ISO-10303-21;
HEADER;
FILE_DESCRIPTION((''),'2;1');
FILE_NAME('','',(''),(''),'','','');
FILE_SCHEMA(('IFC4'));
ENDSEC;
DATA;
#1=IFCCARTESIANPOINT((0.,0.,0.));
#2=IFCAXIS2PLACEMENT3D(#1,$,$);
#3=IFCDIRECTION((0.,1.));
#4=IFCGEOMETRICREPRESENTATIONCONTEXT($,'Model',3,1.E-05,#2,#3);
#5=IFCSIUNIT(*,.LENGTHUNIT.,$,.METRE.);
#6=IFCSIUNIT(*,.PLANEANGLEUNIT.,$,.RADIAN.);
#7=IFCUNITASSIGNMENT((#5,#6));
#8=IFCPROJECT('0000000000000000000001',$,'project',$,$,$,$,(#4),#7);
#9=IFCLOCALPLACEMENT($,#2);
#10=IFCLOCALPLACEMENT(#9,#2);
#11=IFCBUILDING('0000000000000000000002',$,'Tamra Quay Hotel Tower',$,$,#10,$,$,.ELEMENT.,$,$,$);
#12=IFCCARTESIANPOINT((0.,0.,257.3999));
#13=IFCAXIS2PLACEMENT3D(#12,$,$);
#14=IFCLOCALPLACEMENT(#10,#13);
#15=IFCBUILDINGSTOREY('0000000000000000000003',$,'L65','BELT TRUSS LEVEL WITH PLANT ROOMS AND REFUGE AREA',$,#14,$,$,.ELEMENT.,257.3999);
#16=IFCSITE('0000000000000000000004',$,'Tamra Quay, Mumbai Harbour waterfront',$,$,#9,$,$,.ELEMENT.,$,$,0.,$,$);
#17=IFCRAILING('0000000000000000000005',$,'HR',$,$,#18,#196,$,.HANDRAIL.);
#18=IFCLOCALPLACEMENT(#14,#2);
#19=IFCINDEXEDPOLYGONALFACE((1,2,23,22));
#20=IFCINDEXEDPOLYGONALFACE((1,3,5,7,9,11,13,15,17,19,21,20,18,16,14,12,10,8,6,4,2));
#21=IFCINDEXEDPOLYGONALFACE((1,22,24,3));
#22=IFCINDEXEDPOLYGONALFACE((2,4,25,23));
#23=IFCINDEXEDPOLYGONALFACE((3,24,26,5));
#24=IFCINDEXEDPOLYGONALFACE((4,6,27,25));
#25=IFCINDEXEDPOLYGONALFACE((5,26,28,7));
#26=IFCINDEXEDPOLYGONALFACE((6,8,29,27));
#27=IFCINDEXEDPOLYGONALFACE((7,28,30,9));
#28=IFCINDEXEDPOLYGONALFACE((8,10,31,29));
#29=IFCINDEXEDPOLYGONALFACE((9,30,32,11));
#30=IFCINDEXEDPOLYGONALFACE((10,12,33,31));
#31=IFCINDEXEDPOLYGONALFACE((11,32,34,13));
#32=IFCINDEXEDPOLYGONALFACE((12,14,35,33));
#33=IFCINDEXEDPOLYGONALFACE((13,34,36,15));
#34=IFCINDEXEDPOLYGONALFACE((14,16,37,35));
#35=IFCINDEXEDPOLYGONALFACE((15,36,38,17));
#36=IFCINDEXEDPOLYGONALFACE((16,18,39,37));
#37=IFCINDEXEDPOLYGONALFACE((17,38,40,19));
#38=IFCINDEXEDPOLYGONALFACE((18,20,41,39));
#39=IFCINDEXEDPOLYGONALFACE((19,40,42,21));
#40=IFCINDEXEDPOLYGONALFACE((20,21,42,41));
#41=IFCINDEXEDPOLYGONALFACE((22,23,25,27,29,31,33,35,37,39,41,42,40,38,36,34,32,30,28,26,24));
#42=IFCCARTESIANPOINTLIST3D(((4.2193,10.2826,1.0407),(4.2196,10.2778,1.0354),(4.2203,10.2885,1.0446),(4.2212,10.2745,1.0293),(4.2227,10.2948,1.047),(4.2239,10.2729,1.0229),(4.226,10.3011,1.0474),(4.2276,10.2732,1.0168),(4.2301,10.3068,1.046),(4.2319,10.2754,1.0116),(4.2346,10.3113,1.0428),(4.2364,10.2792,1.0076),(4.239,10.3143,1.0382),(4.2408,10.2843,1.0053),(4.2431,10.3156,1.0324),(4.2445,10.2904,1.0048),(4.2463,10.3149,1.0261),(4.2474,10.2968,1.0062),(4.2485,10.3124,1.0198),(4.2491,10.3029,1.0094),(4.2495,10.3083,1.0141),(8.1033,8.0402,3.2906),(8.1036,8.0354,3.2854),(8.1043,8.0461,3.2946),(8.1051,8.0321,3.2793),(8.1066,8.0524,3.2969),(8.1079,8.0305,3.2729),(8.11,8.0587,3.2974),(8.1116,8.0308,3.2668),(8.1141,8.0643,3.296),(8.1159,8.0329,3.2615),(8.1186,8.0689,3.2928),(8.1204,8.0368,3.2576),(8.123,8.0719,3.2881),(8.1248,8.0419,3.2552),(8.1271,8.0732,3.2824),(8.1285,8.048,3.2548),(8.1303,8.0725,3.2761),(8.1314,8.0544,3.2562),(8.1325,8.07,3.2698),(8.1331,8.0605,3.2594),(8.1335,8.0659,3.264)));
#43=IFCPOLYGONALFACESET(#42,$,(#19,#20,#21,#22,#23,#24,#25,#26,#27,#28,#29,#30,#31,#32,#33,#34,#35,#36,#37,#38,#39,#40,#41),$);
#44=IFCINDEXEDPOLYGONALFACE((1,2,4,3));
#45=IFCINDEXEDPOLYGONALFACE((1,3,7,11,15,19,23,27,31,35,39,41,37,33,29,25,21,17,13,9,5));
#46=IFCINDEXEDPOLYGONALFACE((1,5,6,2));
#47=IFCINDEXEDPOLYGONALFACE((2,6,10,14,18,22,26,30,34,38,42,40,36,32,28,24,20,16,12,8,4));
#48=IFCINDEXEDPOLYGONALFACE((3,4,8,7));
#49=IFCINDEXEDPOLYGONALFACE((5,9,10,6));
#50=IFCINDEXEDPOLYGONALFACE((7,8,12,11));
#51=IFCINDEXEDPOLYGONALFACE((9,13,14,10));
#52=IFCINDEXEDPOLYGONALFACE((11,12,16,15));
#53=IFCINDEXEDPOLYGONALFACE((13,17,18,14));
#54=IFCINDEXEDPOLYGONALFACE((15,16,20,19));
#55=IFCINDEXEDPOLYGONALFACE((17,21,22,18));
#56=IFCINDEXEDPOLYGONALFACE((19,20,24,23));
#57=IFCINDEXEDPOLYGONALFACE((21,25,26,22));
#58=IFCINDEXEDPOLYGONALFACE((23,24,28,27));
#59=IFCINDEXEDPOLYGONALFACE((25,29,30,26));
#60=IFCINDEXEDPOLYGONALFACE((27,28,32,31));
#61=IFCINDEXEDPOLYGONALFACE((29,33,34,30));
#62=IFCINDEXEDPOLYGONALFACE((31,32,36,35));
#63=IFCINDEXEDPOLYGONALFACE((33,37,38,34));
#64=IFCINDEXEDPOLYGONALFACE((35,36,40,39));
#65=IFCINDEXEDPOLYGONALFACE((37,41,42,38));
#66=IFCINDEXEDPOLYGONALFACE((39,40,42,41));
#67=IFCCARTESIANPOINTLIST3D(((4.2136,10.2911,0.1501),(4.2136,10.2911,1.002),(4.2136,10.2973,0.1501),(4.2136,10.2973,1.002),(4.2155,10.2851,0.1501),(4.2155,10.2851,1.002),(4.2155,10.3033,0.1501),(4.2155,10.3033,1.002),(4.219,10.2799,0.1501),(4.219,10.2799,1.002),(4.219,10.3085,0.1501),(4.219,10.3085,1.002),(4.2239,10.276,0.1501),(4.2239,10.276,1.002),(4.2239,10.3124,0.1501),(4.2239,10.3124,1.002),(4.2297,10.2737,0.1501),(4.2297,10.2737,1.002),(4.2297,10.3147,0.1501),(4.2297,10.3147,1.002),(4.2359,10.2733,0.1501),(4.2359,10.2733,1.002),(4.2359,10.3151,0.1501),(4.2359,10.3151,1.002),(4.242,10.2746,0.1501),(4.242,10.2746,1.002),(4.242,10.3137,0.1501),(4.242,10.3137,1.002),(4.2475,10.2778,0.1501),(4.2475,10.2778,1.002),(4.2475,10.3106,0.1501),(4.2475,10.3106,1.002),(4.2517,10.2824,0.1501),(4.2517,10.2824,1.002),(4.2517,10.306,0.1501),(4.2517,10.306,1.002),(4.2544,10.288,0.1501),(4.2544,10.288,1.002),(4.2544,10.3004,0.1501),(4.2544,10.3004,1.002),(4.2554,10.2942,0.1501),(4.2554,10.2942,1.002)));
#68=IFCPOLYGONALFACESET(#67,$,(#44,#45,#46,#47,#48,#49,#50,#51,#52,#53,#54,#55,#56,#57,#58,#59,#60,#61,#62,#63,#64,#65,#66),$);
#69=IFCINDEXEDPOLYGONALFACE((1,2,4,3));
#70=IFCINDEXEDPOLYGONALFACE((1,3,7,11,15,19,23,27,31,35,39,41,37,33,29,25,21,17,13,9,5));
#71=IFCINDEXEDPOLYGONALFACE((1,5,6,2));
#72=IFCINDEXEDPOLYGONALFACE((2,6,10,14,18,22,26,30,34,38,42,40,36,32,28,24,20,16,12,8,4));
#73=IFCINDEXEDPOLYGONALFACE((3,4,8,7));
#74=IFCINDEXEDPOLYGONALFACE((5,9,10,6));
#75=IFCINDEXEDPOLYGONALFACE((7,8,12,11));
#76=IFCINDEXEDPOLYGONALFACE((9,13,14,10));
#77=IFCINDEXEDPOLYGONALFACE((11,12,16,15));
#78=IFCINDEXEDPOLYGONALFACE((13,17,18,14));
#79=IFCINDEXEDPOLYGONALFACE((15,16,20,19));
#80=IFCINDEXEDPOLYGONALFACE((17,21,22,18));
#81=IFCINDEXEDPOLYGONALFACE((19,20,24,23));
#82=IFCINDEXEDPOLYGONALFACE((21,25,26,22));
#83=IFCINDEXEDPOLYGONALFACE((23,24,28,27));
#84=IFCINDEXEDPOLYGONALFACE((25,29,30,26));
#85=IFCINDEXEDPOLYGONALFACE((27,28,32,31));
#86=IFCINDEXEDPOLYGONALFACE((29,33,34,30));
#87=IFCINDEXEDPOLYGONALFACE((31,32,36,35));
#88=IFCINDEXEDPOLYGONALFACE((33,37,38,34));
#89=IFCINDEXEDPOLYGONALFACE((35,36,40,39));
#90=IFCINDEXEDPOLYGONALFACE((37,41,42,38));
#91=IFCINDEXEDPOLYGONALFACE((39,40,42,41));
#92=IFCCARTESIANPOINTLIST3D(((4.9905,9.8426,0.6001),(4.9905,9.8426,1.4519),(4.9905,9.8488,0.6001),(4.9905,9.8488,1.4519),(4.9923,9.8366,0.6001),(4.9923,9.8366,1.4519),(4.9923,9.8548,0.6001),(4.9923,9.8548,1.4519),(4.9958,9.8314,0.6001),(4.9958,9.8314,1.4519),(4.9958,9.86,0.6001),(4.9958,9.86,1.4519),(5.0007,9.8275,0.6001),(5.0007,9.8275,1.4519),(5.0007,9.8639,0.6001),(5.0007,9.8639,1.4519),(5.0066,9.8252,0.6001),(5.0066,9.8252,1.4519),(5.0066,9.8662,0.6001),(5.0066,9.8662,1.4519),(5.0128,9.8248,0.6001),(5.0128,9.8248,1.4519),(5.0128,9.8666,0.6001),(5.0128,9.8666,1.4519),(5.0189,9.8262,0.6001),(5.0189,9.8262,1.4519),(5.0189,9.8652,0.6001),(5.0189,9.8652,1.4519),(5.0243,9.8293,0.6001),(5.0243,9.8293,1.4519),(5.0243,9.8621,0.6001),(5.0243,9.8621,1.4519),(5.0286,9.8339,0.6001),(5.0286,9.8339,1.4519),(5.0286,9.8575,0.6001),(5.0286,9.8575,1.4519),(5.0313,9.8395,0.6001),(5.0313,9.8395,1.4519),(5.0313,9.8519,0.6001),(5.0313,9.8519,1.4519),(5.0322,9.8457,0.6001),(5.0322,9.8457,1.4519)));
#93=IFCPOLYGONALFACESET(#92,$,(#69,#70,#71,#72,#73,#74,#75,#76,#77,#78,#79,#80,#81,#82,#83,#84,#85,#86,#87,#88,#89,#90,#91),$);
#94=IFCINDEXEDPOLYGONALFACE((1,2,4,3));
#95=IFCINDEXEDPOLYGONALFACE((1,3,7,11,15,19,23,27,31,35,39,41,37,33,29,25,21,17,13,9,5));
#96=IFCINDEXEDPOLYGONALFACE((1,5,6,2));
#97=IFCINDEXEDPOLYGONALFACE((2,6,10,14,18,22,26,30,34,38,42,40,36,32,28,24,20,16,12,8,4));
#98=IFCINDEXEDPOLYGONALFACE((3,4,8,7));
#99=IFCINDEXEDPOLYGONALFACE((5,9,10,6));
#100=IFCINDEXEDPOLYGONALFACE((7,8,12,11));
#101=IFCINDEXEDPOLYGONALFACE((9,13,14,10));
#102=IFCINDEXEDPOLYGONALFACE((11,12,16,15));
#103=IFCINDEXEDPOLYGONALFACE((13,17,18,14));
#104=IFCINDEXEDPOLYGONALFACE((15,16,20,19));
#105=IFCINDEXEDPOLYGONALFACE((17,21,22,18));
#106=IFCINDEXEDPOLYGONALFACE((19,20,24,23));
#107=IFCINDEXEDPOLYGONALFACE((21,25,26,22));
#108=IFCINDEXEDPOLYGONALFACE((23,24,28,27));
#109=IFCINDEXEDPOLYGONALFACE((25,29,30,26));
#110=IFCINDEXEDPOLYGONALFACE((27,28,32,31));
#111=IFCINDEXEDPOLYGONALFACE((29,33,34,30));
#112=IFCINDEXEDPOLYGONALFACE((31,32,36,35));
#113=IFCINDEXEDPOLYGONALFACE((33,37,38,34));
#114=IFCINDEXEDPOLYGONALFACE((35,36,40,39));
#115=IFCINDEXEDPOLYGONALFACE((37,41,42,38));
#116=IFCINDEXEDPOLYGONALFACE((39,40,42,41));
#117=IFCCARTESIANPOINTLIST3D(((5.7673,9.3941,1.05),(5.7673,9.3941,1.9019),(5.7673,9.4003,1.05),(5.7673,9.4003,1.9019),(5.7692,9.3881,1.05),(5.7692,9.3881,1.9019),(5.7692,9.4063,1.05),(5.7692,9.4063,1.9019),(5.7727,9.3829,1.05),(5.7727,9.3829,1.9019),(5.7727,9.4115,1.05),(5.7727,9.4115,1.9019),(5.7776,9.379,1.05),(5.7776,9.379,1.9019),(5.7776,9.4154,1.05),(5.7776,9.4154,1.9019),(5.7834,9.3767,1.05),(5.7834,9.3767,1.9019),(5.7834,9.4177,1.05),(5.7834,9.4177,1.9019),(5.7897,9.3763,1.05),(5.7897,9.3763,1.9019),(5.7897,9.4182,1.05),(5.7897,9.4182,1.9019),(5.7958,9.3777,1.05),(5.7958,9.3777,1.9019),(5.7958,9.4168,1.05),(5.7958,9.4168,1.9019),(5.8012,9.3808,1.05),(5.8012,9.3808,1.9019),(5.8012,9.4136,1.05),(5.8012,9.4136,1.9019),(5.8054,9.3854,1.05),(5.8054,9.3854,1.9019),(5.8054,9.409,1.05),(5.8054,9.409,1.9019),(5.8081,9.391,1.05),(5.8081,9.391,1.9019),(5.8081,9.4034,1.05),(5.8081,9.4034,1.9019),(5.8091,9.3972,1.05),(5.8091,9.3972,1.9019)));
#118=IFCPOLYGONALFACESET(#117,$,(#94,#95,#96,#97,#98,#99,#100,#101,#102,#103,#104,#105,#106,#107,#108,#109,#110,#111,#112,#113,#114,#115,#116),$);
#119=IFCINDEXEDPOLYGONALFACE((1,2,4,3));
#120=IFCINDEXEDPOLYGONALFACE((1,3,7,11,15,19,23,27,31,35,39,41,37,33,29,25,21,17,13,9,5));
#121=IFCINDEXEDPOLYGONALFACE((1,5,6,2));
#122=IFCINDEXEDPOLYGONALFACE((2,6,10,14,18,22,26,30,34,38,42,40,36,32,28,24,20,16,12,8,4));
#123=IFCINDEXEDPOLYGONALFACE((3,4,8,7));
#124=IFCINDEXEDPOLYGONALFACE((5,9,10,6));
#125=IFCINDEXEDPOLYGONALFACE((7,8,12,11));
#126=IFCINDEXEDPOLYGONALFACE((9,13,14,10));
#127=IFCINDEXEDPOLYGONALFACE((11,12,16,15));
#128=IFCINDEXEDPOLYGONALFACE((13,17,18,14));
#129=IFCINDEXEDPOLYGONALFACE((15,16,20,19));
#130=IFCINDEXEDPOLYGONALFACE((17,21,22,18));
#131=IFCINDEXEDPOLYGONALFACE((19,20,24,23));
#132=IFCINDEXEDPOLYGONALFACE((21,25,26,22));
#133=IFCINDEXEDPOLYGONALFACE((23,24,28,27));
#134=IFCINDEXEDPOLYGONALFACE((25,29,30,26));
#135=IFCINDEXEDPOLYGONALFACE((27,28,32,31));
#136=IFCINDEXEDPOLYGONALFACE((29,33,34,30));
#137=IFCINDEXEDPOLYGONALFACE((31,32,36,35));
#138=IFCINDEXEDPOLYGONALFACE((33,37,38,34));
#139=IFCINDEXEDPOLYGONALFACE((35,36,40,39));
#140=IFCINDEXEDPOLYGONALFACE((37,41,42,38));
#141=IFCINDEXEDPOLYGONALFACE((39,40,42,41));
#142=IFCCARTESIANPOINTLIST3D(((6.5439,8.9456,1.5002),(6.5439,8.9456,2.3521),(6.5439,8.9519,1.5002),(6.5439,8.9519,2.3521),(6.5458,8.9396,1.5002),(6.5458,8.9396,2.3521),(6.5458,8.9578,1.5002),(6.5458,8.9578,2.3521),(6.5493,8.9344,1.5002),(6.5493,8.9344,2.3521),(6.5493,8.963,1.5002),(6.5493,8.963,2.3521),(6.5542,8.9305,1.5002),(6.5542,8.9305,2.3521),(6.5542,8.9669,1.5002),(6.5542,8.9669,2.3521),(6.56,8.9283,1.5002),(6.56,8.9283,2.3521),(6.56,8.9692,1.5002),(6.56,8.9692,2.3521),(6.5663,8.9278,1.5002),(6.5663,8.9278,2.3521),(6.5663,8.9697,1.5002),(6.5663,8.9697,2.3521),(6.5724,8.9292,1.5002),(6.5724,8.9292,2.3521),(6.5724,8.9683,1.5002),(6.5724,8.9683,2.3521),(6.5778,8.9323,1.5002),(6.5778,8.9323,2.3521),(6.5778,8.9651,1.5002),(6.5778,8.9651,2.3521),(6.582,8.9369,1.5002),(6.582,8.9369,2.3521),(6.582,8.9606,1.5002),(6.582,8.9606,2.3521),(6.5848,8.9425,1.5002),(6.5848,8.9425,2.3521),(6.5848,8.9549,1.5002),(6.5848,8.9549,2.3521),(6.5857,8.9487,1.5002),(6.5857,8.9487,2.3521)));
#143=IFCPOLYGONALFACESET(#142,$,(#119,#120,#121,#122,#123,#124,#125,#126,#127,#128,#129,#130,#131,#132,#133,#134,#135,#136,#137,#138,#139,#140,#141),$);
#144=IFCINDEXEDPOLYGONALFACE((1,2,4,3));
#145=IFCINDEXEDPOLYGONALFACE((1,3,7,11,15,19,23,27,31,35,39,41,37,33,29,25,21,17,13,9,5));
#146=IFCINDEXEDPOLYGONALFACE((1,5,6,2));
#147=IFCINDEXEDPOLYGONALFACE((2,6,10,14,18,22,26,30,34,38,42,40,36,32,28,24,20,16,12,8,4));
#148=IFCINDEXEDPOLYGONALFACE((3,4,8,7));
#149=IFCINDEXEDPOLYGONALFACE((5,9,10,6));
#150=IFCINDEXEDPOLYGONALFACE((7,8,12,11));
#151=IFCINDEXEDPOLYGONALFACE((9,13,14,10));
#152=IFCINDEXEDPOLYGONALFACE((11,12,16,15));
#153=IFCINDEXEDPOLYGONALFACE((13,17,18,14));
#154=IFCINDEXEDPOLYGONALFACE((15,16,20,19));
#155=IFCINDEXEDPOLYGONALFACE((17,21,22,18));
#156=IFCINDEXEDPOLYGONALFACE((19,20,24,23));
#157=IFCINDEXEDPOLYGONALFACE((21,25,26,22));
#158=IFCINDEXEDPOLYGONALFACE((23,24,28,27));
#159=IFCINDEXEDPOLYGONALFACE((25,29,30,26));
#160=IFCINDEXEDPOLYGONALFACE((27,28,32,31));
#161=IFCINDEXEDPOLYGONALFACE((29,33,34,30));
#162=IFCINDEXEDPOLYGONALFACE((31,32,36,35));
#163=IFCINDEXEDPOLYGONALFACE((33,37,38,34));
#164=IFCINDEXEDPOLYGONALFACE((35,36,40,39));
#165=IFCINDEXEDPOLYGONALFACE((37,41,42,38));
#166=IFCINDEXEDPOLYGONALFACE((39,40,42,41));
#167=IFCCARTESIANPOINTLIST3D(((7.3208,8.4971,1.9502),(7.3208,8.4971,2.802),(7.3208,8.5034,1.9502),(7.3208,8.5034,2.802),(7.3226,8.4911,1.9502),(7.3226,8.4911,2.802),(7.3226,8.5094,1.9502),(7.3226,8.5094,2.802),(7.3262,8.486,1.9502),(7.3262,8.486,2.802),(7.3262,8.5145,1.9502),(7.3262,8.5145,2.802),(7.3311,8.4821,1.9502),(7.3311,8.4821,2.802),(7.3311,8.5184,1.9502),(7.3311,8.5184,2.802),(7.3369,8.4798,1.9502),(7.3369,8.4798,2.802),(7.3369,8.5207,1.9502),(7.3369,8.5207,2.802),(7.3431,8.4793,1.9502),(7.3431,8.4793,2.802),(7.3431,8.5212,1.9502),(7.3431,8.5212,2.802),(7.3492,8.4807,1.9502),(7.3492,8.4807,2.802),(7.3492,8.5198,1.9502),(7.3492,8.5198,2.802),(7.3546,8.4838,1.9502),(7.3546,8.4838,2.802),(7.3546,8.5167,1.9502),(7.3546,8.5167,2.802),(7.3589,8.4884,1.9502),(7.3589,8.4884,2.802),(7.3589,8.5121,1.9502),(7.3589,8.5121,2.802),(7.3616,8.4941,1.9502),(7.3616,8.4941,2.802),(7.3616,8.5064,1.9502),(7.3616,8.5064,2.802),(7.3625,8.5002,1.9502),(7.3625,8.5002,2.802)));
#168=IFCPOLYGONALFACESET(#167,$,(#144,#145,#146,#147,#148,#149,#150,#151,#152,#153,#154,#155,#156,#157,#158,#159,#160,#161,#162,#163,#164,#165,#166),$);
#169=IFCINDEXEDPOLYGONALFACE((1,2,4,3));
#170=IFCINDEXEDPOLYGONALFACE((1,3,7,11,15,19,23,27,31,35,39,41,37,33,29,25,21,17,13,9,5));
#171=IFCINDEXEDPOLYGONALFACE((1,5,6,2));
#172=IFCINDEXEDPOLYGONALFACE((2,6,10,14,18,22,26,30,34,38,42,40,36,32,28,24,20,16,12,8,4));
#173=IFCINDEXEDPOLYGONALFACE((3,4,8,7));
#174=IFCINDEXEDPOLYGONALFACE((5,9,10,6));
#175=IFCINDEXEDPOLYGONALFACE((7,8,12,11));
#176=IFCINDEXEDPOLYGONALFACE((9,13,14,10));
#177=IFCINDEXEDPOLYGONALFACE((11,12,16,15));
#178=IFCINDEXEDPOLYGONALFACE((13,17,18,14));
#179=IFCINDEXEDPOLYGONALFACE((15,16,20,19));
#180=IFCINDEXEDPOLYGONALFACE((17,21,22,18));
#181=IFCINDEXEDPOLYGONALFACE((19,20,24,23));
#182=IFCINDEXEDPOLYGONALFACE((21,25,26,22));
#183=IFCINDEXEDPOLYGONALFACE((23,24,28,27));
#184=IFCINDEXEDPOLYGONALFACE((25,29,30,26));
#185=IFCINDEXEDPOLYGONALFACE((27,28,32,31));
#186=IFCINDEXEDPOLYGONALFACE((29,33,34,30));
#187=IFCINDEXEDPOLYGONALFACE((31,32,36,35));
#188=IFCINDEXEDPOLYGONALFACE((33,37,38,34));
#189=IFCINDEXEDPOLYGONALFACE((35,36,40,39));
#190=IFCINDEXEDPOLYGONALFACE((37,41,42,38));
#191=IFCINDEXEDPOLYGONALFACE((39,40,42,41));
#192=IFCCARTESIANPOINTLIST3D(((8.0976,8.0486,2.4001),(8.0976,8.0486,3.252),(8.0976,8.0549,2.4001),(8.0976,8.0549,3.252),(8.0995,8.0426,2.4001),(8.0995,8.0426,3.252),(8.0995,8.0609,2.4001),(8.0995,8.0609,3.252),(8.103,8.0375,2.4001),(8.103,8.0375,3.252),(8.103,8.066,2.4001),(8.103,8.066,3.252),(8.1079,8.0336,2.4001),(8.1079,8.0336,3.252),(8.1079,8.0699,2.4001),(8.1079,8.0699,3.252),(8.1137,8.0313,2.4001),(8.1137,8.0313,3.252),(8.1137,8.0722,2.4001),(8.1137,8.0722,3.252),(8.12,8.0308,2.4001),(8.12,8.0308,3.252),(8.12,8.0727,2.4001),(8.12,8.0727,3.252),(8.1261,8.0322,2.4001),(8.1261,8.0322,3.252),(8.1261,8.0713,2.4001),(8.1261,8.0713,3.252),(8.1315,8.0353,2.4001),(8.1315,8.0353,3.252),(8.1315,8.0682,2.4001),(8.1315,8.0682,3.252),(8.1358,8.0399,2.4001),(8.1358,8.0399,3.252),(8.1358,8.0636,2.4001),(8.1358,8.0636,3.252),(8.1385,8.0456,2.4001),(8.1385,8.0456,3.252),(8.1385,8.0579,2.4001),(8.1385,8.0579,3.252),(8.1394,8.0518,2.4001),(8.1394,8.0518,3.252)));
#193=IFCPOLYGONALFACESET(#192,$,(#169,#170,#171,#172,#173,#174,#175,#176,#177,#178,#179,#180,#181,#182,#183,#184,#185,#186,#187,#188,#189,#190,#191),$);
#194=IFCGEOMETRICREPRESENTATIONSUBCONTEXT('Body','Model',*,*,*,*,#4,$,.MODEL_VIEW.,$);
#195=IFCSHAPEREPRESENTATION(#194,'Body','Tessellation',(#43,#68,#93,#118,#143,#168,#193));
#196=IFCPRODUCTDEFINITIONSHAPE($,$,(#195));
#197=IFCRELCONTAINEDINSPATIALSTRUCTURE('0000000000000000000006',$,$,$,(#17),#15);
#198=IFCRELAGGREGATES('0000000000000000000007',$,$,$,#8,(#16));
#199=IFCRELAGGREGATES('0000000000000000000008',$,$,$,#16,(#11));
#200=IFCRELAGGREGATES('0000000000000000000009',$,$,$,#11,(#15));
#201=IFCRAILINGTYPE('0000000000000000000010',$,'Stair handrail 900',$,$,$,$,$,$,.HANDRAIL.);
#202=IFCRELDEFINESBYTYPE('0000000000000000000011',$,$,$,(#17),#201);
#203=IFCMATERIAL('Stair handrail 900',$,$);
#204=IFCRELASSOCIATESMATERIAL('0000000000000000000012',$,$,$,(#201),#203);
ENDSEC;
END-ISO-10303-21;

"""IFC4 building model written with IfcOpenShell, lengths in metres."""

from ifc_helpers import new_model, si_unit, direction, frame, origin, origin_2d, place, context, subcontext, project, spatial, circle, extrude, material, type_object, element, save


model = new_model("IFC4")

# Units and contexts
model_context = context("Model", 3, precision=1e-05, world=origin(), true_north=direction((0.0, 1.0)))
body_context = subcontext(model_context, "Body", "Model", "MODEL_VIEW")
ifc_project = project(units=[si_unit("LENGTHUNIT", "METRE"), si_unit("PLANEANGLEUNIT", "RADIAN")], contexts=[model_context])

# Site, building, storey
site_placement = place(None, origin())
site = spatial("IfcSite", under=ifc_project, at=site_placement, Name="Tamra Quay, Mumbai Harbour waterfront", CompositionType="ELEMENT", RefElevation=0.0)
building_placement = place(site_placement, origin())
building = spatial("IfcBuilding", under=site, at=building_placement, Name="Tamra Quay Hotel Tower", CompositionType="ELEMENT")
storey_placement = place(building_placement, frame((0.0, 0.0, 257.3999)))
storey = spatial("IfcBuildingStorey", under=building, at=storey_placement, Name="L65", Description="BELT TRUSS LEVEL WITH PLANT ROOMS AND REFUGE AREA", CompositionType="ELEMENT", Elevation=257.3999)

# Railing
ifc_material_1 = material(Name="Stair handrail 900")
railing_type_1 = type_object("IfcRailingType", Name="Stair handrail 900", PredefinedType="HANDRAIL", material=ifc_material_1)
railing_1_placement = place(storey_placement, frame((4.2344, 10.2942, 0.1501)))
element("IfcRailing", 1, at=railing_1_placement, inside=storey, type_object=railing_type_1, Name="HR", PredefinedType="HANDRAIL", context=body_context, shape_type="SweptSolid", body=[
    extrude(circle(Radius=0.0239, at=origin_2d()), frame((0.0, 0.0, 0.876), z_axis=(0.774076, -0.44691, 0.448418), x_axis=(0.499997, 0.866027, 0.0)), (0.0, 0.0, 1.0), 5.0176),
    extrude(circle(Radius=0.021, at=origin_2d()), origin(), (0.0, 0.0, 1.0), 0.8518),
    extrude(circle(Radius=0.021, at=origin_2d()), frame((0.7769, -0.4485, 0.45)), (0.0, 0.0, 1.0), 0.8518),
    extrude(circle(Radius=0.021, at=origin_2d()), frame((1.5537, -0.897, 0.8999)), (0.0, 0.0, 1.0), 0.8518),
    extrude(circle(Radius=0.021, at=origin_2d()), frame((2.3303, -1.3455, 1.3501)), (0.0, 0.0, 1.0), 0.8518),
    extrude(circle(Radius=0.021, at=origin_2d()), frame((3.1072, -1.7939, 1.8)), (0.0, 0.0, 1.0), 0.8518),
    extrude(circle(Radius=0.021, at=origin_2d()), frame((3.884, -2.2424, 2.25)), (0.0, 0.0, 1.0), 0.8518),
])

save(model, "model.ifc")
